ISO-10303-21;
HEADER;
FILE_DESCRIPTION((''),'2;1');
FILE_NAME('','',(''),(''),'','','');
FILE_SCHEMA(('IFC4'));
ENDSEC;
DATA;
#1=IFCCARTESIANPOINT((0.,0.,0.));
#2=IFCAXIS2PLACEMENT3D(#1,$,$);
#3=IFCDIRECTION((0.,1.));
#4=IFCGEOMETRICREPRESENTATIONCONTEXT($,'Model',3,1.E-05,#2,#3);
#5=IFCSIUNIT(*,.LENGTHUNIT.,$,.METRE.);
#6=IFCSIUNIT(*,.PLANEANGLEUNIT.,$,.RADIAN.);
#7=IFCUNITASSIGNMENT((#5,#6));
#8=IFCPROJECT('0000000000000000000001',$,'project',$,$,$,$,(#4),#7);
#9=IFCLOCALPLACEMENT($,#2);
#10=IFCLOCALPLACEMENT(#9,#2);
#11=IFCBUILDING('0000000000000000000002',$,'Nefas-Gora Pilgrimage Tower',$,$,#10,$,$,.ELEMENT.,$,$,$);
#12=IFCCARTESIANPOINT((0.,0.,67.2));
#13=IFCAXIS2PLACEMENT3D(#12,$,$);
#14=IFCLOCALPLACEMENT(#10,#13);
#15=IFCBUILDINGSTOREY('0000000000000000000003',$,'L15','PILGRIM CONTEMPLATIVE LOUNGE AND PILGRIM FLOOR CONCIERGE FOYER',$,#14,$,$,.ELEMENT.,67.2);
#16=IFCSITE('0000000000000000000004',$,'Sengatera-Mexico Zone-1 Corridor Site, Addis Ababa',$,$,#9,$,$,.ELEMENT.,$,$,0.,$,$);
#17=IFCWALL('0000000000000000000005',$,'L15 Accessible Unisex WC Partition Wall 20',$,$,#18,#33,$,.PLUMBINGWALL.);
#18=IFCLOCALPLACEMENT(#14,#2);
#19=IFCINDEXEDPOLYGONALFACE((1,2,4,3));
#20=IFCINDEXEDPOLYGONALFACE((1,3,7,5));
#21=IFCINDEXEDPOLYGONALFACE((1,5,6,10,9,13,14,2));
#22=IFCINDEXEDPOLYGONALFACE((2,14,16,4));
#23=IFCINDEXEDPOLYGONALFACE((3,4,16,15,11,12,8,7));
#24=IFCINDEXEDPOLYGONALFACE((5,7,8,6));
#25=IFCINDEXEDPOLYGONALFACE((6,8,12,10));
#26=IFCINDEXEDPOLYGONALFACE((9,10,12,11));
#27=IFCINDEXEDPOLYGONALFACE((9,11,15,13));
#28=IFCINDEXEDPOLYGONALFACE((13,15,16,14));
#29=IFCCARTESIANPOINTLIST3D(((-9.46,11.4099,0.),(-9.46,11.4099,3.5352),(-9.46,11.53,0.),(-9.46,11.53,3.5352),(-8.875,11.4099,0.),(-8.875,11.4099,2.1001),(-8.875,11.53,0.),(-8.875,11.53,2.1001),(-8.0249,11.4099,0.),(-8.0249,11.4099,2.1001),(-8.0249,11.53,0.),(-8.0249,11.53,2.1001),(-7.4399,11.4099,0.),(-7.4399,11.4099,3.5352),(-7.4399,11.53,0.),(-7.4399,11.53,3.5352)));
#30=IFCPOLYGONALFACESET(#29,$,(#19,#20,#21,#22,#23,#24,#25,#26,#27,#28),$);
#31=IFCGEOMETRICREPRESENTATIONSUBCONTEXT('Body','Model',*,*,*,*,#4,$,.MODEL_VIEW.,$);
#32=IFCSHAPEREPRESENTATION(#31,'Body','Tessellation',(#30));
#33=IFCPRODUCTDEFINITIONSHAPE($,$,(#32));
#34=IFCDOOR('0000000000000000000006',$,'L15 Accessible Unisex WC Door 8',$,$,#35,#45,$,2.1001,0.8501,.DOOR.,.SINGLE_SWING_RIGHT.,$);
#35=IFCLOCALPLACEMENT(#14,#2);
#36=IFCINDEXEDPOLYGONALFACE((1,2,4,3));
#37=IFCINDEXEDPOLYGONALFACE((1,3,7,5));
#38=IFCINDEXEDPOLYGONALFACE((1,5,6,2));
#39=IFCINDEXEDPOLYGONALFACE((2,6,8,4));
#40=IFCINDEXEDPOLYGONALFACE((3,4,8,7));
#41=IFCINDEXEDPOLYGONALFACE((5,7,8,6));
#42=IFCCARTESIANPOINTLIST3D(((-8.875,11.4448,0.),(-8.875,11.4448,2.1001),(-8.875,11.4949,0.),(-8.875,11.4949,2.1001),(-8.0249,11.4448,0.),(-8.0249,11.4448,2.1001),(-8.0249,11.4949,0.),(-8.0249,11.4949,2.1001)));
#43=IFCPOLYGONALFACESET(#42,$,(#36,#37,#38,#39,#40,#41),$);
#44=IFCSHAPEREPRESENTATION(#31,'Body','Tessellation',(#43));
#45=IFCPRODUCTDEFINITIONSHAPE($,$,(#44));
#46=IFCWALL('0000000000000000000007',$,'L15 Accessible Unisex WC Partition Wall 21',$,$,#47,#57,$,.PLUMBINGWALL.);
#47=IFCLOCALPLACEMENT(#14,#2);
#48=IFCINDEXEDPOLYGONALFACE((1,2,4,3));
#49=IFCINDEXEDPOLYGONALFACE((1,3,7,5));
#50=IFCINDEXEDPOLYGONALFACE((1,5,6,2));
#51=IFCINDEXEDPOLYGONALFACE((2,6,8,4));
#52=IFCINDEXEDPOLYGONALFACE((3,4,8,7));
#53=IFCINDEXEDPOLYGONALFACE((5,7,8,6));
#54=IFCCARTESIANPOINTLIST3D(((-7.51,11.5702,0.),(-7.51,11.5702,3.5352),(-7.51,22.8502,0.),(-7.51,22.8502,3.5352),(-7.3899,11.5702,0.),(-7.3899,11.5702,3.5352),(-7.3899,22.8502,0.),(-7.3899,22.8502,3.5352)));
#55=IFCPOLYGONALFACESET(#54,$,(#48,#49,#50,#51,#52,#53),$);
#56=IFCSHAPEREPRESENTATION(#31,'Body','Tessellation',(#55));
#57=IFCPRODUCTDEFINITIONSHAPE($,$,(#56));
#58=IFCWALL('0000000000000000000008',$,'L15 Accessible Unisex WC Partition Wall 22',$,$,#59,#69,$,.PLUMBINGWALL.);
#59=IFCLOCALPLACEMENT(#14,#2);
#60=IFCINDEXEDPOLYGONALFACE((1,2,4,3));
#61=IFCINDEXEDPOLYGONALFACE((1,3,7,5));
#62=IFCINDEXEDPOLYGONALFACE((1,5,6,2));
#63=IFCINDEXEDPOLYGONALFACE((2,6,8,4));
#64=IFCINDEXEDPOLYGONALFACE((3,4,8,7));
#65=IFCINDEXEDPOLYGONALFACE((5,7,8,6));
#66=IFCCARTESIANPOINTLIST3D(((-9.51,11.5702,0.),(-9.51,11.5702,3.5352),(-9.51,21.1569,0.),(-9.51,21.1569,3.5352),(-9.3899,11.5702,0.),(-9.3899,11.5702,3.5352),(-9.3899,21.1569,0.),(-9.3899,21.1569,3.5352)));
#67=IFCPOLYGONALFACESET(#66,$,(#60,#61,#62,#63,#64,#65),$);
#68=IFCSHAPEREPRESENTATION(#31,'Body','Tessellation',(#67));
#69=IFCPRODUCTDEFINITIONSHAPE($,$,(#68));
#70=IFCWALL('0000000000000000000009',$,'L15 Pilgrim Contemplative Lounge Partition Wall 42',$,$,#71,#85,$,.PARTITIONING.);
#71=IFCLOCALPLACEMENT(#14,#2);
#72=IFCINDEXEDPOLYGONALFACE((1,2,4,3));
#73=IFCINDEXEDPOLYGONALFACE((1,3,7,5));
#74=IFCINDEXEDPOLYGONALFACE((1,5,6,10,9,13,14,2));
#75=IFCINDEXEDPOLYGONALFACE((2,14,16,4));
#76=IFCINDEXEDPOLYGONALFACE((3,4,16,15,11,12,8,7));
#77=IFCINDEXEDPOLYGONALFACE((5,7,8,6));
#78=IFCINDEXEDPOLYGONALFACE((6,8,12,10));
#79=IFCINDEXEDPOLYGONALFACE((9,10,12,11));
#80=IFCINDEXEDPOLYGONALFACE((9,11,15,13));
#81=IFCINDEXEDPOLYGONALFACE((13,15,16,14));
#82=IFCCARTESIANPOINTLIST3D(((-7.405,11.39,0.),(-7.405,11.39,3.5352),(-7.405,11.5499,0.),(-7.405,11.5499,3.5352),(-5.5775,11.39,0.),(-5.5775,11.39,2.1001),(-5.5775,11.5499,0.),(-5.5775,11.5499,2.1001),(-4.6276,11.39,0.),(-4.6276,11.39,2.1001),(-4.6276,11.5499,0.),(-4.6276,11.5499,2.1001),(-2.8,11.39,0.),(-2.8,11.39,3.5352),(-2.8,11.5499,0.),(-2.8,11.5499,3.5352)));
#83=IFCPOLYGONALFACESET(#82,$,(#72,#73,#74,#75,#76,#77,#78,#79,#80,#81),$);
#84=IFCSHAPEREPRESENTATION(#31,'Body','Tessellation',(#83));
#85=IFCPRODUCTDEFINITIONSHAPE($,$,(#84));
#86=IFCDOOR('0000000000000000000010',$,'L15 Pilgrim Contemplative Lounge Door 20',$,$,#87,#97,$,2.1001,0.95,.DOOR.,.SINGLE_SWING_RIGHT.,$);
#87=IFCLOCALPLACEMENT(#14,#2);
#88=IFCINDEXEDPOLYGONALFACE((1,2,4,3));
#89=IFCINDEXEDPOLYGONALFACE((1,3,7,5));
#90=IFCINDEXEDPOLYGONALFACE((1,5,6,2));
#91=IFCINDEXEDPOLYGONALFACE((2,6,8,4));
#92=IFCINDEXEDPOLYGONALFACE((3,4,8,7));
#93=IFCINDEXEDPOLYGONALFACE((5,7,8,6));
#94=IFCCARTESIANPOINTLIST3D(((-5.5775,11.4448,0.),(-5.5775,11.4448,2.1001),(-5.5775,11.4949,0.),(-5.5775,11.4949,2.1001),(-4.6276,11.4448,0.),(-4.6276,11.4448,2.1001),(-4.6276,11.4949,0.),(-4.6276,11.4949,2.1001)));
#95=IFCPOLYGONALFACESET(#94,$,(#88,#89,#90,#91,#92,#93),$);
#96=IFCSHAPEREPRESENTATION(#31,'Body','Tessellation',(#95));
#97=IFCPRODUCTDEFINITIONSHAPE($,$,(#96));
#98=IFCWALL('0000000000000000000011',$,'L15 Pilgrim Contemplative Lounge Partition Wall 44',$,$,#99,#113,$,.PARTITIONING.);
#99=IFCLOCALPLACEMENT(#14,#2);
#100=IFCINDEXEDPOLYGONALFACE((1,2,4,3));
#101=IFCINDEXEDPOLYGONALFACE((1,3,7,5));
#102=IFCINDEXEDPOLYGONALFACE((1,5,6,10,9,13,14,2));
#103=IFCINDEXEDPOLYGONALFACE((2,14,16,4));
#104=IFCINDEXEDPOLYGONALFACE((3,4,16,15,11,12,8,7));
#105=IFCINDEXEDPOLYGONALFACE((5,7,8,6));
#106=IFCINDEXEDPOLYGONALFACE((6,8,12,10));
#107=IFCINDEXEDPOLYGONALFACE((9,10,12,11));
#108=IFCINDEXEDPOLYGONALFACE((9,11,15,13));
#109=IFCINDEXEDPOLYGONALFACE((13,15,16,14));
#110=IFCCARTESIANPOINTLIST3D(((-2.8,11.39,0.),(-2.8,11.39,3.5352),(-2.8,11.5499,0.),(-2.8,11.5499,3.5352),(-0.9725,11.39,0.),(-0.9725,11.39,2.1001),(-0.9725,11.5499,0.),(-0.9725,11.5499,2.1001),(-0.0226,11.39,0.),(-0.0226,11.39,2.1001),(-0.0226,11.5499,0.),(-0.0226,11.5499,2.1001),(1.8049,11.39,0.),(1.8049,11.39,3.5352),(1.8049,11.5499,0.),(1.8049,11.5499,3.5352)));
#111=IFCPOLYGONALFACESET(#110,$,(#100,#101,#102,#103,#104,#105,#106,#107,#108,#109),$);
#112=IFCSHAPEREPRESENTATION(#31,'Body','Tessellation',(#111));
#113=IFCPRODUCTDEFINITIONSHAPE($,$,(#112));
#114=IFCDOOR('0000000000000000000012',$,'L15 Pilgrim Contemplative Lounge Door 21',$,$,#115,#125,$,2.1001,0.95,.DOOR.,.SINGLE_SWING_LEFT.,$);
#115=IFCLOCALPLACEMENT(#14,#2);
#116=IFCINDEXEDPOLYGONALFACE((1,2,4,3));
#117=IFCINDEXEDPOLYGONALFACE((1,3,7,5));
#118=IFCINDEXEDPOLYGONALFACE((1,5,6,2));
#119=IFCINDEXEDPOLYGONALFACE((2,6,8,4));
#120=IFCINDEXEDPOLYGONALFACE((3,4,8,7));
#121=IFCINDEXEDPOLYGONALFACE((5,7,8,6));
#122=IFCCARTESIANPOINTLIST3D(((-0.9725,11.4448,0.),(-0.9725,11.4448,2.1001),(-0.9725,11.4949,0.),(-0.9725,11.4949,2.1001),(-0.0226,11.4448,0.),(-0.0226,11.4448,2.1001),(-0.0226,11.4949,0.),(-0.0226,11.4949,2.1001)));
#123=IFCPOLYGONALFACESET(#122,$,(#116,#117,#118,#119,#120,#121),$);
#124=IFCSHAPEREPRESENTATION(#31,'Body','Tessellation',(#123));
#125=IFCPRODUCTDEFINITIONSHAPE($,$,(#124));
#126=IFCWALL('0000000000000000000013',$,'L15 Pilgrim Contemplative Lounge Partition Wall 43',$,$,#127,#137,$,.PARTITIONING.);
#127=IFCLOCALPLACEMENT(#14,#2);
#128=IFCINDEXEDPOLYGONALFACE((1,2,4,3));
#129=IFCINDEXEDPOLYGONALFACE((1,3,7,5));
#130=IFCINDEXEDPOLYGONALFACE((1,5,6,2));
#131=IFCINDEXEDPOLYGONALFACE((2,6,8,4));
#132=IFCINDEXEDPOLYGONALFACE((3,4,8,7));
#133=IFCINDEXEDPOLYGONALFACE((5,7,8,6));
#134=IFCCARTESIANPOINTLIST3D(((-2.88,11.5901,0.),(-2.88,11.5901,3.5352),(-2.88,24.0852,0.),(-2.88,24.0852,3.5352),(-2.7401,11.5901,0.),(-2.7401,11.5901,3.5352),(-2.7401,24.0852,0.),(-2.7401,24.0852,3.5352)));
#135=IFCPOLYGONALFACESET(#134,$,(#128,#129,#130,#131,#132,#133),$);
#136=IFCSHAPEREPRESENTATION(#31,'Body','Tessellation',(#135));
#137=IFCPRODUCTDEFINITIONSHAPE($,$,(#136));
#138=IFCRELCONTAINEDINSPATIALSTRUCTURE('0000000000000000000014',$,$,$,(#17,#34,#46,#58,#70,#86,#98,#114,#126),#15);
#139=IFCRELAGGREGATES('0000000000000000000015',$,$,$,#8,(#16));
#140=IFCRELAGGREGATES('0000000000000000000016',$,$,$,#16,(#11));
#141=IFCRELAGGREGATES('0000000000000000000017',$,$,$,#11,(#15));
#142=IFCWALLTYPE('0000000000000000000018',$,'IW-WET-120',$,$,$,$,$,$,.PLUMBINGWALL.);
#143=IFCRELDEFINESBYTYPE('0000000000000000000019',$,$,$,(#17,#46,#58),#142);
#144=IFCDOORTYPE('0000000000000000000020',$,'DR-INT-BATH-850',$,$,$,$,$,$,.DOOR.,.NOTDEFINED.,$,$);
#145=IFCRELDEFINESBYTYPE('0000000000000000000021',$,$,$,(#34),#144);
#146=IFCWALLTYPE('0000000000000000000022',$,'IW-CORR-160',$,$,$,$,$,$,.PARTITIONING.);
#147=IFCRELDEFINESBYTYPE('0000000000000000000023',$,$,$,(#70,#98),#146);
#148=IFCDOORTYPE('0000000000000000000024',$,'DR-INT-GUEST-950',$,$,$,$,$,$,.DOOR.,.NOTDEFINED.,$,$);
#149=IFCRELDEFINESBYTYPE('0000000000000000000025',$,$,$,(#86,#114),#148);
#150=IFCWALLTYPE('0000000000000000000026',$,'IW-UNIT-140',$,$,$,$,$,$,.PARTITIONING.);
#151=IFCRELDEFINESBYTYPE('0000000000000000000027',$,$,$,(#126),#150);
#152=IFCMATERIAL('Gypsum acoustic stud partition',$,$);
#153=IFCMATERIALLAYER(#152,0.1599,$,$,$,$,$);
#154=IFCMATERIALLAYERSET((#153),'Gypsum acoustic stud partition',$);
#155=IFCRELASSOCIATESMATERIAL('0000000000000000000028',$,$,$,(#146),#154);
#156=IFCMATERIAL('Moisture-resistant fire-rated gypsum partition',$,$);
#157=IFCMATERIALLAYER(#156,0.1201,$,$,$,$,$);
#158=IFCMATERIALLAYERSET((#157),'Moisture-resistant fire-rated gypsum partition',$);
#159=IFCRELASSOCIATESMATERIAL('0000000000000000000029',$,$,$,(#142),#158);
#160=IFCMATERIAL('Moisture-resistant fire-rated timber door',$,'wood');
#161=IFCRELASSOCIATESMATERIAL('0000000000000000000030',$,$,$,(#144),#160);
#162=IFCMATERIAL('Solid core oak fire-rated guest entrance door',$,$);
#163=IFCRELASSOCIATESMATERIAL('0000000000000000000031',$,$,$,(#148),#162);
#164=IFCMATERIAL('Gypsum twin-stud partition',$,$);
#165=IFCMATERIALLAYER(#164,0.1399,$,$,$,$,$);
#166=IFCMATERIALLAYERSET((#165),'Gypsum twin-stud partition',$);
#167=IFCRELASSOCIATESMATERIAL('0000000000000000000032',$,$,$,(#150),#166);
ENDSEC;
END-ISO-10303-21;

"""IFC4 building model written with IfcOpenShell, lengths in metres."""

from ifc_helpers import new_model, si_unit, direction, frame, frame_2d, origin, place, context, subcontext, project, spatial, rectangle, extrude, source, transform, mapped, material, layer, layer_set, type_object, element, fill, save


model = new_model("IFC4")

# Units and contexts
model_context = context("Model", 3, precision=1e-05, world=origin(), true_north=direction((0.0, 1.0)))
body_context = subcontext(model_context, "Body", "Model", "MODEL_VIEW")
ifc_project = project(units=[si_unit("LENGTHUNIT", "METRE"), si_unit("PLANEANGLEUNIT", "RADIAN")], contexts=[model_context])

# Site, building, storey
site_placement = place(None, origin())
site = spatial("IfcSite", under=ifc_project, at=site_placement, Name="Sengatera-Mexico Zone-1 Corridor Site, Addis Ababa", CompositionType="ELEMENT", RefElevation=0.0)
building_placement = place(site_placement, origin())
building = spatial("IfcBuilding", under=site, at=building_placement, Name="Nefas-Gora Pilgrimage Tower", CompositionType="ELEMENT")
storey_placement = place(building_placement, frame((0.0, 0.0, 67.2)))
storey = spatial("IfcBuildingStorey", under=building, at=storey_placement, Name="L15", Description="PILGRIM CONTEMPLATIVE LOUNGE AND PILGRIM FLOOR CONCIERGE FOYER", CompositionType="ELEMENT", Elevation=67.2)

# Wall, opening, door
ifc_material_1 = material(Name="Gypsum acoustic stud partition")
ifc_layer_1 = layer(ifc_material_1, 0.1599)
ifc_layer_set_1 = layer_set([ifc_layer_1], Name="Gypsum acoustic stud partition")
wall_type_1 = type_object("IfcWallType", Name="IW-CORR-160", PredefinedType="PARTITIONING", material=ifc_layer_set_1)
ifc_material_2 = material(Name="Moisture-resistant fire-rated gypsum partition")
ifc_layer_2 = layer(ifc_material_2, 0.1201)
ifc_layer_set_2 = layer_set([ifc_layer_2], Name="Moisture-resistant fire-rated gypsum partition")
wall_type_2 = type_object("IfcWallType", Name="IW-WET-120", PredefinedType="PLUMBINGWALL", material=ifc_layer_set_2)
shared_shape_1 = source(origin(), body_context, "Body", "SweptSolid", [
    extrude(rectangle(XDim=2.02, YDim=0.1201, at=frame_2d((1.01, 0.0))), origin(), (0.0, 0.0, 1.0), 3.5352),
])
wall_1_placement = place(storey_placement, frame((-9.46, 11.47, 0.0), z_axis=(0.0, 0.0, 1.0), x_axis=(1.0, 0.0, 0.0)))
wall_1 = element("IfcWall", 1, at=wall_1_placement, inside=storey, type_object=wall_type_2, Name="L15 Accessible Unisex WC Partition Wall 20", PredefinedType="PLUMBINGWALL", context=body_context, shape_type="MappedRepresentation", body=[
    mapped(shared_shape_1, transform((0.0, 0.0, 0.0), x_axis=(1.0, 0.0, 0.0), y_axis=(0.0, 1.0, 0.0), z_axis=(0.0, 0.0, 1.0), scale=1.0)),
])
opening_1_placement = place(wall_1_placement, frame((0.585, 0.0, 0.0)))
opening_1 = element("IfcOpeningElement", 2, at=opening_1_placement, cuts=wall_1, PredefinedType="OPENING", context=body_context, shape_type="SweptSolid", body=[
    extrude(rectangle(XDim=0.8501, YDim=2.1001, at=frame_2d((0.425, 1.05))), frame((0.0, 0.0701, 0.0), z_axis=(0.0, -1.0, 0.0), x_axis=(1.0, 0.0, 0.0)), (0.0, 0.0, 1.0), 0.1401),
])
ifc_material_3 = material(Name="Moisture-resistant fire-rated timber door", Category="wood")
door_type_1 = type_object("IfcDoorType", Name="DR-INT-BATH-850", OperationType="NOTDEFINED", PredefinedType="DOOR", material=ifc_material_3)
shared_shape_2 = source(origin(), body_context, "Body", "SweptSolid", [
    extrude(rectangle(XDim=0.8501, YDim=2.1001, at=frame_2d((0.425, 1.05))), frame((0.0, 0.0249, 0.0), z_axis=(0.0, -1.0, 0.0), x_axis=(1.0, 0.0, 0.0)), (0.0, 0.0, 1.0), 0.05),
])
door_1_placement = place(opening_1_placement, origin())
door_1 = element("IfcDoor", 3, at=door_1_placement, inside=storey, type_object=door_type_1, Name="L15 Accessible Unisex WC Door 8", OperationType="SINGLE_SWING_RIGHT", OverallHeight=2.1001, OverallWidth=0.8501, PredefinedType="DOOR", context=body_context, shape_type="MappedRepresentation", body=[
    mapped(shared_shape_2, transform((0.0, 0.0, 0.0), x_axis=(1.0, 0.0, 0.0), y_axis=(0.0, 1.0, 0.0), z_axis=(0.0, 0.0, 1.0), scale=1.0)),
])
fill(opening_1, door_1)

# Walls
shared_shape_3 = source(origin(), body_context, "Body", "SweptSolid", [
    extrude(rectangle(XDim=11.28, YDim=0.1201, at=frame_2d((5.6401, 0.0))), origin(), (0.0, 0.0, 1.0), 3.5352),
])
wall_2_placement = place(storey_placement, frame((-7.45, 11.5701, 0.0), z_axis=(0.0, 0.0, 1.0), x_axis=(0.0, 1.0, 0.0)))
element("IfcWall", 4, at=wall_2_placement, inside=storey, type_object=wall_type_2, Name="L15 Accessible Unisex WC Partition Wall 21", PredefinedType="PLUMBINGWALL", context=body_context, shape_type="MappedRepresentation", body=[
    mapped(shared_shape_3, transform((0.0, 0.0, 0.0), x_axis=(1.0, 0.0, 0.0), y_axis=(0.0, 1.0, 0.0), z_axis=(0.0, 0.0, 1.0), scale=1.0)),
])
shared_shape_4 = source(origin(), body_context, "Body", "SweptSolid", [
    extrude(rectangle(XDim=9.5867, YDim=0.1201, at=frame_2d((4.7935, 0.0))), origin(), (0.0, 0.0, 1.0), 3.5352),
])
wall_3_placement = place(storey_placement, frame((-9.45, 11.5701, 0.0), z_axis=(0.0, 0.0, 1.0), x_axis=(0.0, 1.0, 0.0)))
element("IfcWall", 5, at=wall_3_placement, inside=storey, type_object=wall_type_2, Name="L15 Accessible Unisex WC Partition Wall 22", PredefinedType="PLUMBINGWALL", context=body_context, shape_type="MappedRepresentation", body=[
    mapped(shared_shape_4, transform((0.0, 0.0, 0.0), x_axis=(1.0, 0.0, 0.0), y_axis=(0.0, 1.0, 0.0), z_axis=(0.0, 0.0, 1.0), scale=1.0)),
])

# Walls, openings, doors
shared_shape_5 = source(origin(), body_context, "Body", "SweptSolid", [
    extrude(rectangle(XDim=4.605, YDim=0.1599, at=frame_2d((2.3025, 0.0))), origin(), (0.0, 0.0, 1.0), 3.5352),
])
wall_4_placement = place(storey_placement, frame((-7.405, 11.47, 0.0), z_axis=(0.0, 0.0, 1.0), x_axis=(1.0, 0.0, 0.0)))
wall_4 = element("IfcWall", 6, at=wall_4_placement, inside=storey, type_object=wall_type_1, Name="L15 Pilgrim Contemplative Lounge Partition Wall 42", PredefinedType="PARTITIONING", context=body_context, shape_type="MappedRepresentation", body=[
    mapped(shared_shape_5, transform((0.0, 0.0, 0.0), x_axis=(1.0, 0.0, 0.0), y_axis=(0.0, 1.0, 0.0), z_axis=(0.0, 0.0, 1.0), scale=1.0)),
])
opening_2_placement = place(wall_4_placement, frame((1.8274, 0.0, 0.0)))
opening_2 = element("IfcOpeningElement", 7, at=opening_2_placement, cuts=wall_4, PredefinedType="OPENING", context=body_context, shape_type="SweptSolid", body=[
    extrude(rectangle(XDim=0.95, YDim=2.1001, at=frame_2d((0.4751, 1.05))), frame((0.0, 0.0898, 0.0), z_axis=(0.0, -1.0, 0.0), x_axis=(1.0, 0.0, 0.0)), (0.0, 0.0, 1.0), 0.1799),
])
ifc_material_4 = material(Name="Solid core oak fire-rated guest entrance door")
door_type_2 = type_object("IfcDoorType", Name="DR-INT-GUEST-950", OperationType="NOTDEFINED", PredefinedType="DOOR", material=ifc_material_4)
shared_shape_6 = source(origin(), body_context, "Body", "SweptSolid", [
    extrude(rectangle(XDim=0.95, YDim=2.1001, at=frame_2d((0.4751, 1.05))), frame((0.0, 0.0249, 0.0), z_axis=(0.0, -1.0, 0.0), x_axis=(1.0, 0.0, 0.0)), (0.0, 0.0, 1.0), 0.05),
])
door_2_placement = place(opening_2_placement, origin())
door_2 = element("IfcDoor", 8, at=door_2_placement, inside=storey, type_object=door_type_2, Name="L15 Pilgrim Contemplative Lounge Door 20", OperationType="SINGLE_SWING_RIGHT", OverallHeight=2.1001, OverallWidth=0.95, PredefinedType="DOOR", context=body_context, shape_type="MappedRepresentation", body=[
    mapped(shared_shape_6, transform((0.0, 0.0, 0.0), x_axis=(1.0, 0.0, 0.0), y_axis=(0.0, 1.0, 0.0), z_axis=(0.0, 0.0, 1.0), scale=1.0)),
])
fill(opening_2, door_2)
wall_5_placement = place(storey_placement, frame((-2.8, 11.47, 0.0), z_axis=(0.0, 0.0, 1.0), x_axis=(1.0, 0.0, 0.0)))
wall_5 = element("IfcWall", 9, at=wall_5_placement, inside=storey, type_object=wall_type_1, Name="L15 Pilgrim Contemplative Lounge Partition Wall 44", PredefinedType="PARTITIONING", context=body_context, shape_type="MappedRepresentation", body=[
    mapped(shared_shape_5, transform((0.0, 0.0, 0.0), x_axis=(1.0, 0.0, 0.0), y_axis=(0.0, 1.0, 0.0), z_axis=(0.0, 0.0, 1.0), scale=1.0)),
])
opening_3_placement = place(wall_5_placement, frame((1.8274, 0.0, 0.0)))
opening_3 = element("IfcOpeningElement", 10, at=opening_3_placement, cuts=wall_5, PredefinedType="OPENING", context=body_context, shape_type="SweptSolid", body=[
    extrude(rectangle(XDim=0.95, YDim=2.1001, at=frame_2d((0.4751, 1.05))), frame((0.0, 0.0898, 0.0), z_axis=(0.0, -1.0, 0.0), x_axis=(1.0, 0.0, 0.0)), (0.0, 0.0, 1.0), 0.1799),
])
door_3_placement = place(opening_3_placement, origin())
door_3 = element("IfcDoor", 11, at=door_3_placement, inside=storey, type_object=door_type_2, Name="L15 Pilgrim Contemplative Lounge Door 21", OperationType="SINGLE_SWING_LEFT", OverallHeight=2.1001, OverallWidth=0.95, PredefinedType="DOOR", context=body_context, shape_type="MappedRepresentation", body=[
    mapped(shared_shape_6, transform((0.0, 0.0, 0.0), x_axis=(1.0, 0.0, 0.0), y_axis=(0.0, 1.0, 0.0), z_axis=(0.0, 0.0, 1.0), scale=1.0)),
])
fill(opening_3, door_3)

# Wall
ifc_material_5 = material(Name="Gypsum twin-stud partition")
ifc_layer_3 = layer(ifc_material_5, 0.1399)
ifc_layer_set_3 = layer_set([ifc_layer_3], Name="Gypsum twin-stud partition")
wall_type_3 = type_object("IfcWallType", Name="IW-UNIT-140", PredefinedType="PARTITIONING", material=ifc_layer_set_3)
shared_shape_7 = source(origin(), body_context, "Body", "SweptSolid", [
    extrude(rectangle(XDim=12.4951, YDim=0.1399, at=frame_2d((6.2476, 0.0))), origin(), (0.0, 0.0, 1.0), 3.5352),
])
wall_6_placement = place(storey_placement, frame((-2.8101, 11.5901, 0.0), z_axis=(0.0, 0.0, 1.0), x_axis=(0.0, 1.0, 0.0)))
element("IfcWall", 12, at=wall_6_placement, inside=storey, type_object=wall_type_3, Name="L15 Pilgrim Contemplative Lounge Partition Wall 43", PredefinedType="PARTITIONING", context=body_context, shape_type="MappedRepresentation", body=[
    mapped(shared_shape_7, transform((0.0, 0.0, 0.0), x_axis=(1.0, 0.0, 0.0), y_axis=(0.0, 1.0, 0.0), z_axis=(0.0, 0.0, 1.0), scale=1.0)),
])

save(model, "model.ifc")
